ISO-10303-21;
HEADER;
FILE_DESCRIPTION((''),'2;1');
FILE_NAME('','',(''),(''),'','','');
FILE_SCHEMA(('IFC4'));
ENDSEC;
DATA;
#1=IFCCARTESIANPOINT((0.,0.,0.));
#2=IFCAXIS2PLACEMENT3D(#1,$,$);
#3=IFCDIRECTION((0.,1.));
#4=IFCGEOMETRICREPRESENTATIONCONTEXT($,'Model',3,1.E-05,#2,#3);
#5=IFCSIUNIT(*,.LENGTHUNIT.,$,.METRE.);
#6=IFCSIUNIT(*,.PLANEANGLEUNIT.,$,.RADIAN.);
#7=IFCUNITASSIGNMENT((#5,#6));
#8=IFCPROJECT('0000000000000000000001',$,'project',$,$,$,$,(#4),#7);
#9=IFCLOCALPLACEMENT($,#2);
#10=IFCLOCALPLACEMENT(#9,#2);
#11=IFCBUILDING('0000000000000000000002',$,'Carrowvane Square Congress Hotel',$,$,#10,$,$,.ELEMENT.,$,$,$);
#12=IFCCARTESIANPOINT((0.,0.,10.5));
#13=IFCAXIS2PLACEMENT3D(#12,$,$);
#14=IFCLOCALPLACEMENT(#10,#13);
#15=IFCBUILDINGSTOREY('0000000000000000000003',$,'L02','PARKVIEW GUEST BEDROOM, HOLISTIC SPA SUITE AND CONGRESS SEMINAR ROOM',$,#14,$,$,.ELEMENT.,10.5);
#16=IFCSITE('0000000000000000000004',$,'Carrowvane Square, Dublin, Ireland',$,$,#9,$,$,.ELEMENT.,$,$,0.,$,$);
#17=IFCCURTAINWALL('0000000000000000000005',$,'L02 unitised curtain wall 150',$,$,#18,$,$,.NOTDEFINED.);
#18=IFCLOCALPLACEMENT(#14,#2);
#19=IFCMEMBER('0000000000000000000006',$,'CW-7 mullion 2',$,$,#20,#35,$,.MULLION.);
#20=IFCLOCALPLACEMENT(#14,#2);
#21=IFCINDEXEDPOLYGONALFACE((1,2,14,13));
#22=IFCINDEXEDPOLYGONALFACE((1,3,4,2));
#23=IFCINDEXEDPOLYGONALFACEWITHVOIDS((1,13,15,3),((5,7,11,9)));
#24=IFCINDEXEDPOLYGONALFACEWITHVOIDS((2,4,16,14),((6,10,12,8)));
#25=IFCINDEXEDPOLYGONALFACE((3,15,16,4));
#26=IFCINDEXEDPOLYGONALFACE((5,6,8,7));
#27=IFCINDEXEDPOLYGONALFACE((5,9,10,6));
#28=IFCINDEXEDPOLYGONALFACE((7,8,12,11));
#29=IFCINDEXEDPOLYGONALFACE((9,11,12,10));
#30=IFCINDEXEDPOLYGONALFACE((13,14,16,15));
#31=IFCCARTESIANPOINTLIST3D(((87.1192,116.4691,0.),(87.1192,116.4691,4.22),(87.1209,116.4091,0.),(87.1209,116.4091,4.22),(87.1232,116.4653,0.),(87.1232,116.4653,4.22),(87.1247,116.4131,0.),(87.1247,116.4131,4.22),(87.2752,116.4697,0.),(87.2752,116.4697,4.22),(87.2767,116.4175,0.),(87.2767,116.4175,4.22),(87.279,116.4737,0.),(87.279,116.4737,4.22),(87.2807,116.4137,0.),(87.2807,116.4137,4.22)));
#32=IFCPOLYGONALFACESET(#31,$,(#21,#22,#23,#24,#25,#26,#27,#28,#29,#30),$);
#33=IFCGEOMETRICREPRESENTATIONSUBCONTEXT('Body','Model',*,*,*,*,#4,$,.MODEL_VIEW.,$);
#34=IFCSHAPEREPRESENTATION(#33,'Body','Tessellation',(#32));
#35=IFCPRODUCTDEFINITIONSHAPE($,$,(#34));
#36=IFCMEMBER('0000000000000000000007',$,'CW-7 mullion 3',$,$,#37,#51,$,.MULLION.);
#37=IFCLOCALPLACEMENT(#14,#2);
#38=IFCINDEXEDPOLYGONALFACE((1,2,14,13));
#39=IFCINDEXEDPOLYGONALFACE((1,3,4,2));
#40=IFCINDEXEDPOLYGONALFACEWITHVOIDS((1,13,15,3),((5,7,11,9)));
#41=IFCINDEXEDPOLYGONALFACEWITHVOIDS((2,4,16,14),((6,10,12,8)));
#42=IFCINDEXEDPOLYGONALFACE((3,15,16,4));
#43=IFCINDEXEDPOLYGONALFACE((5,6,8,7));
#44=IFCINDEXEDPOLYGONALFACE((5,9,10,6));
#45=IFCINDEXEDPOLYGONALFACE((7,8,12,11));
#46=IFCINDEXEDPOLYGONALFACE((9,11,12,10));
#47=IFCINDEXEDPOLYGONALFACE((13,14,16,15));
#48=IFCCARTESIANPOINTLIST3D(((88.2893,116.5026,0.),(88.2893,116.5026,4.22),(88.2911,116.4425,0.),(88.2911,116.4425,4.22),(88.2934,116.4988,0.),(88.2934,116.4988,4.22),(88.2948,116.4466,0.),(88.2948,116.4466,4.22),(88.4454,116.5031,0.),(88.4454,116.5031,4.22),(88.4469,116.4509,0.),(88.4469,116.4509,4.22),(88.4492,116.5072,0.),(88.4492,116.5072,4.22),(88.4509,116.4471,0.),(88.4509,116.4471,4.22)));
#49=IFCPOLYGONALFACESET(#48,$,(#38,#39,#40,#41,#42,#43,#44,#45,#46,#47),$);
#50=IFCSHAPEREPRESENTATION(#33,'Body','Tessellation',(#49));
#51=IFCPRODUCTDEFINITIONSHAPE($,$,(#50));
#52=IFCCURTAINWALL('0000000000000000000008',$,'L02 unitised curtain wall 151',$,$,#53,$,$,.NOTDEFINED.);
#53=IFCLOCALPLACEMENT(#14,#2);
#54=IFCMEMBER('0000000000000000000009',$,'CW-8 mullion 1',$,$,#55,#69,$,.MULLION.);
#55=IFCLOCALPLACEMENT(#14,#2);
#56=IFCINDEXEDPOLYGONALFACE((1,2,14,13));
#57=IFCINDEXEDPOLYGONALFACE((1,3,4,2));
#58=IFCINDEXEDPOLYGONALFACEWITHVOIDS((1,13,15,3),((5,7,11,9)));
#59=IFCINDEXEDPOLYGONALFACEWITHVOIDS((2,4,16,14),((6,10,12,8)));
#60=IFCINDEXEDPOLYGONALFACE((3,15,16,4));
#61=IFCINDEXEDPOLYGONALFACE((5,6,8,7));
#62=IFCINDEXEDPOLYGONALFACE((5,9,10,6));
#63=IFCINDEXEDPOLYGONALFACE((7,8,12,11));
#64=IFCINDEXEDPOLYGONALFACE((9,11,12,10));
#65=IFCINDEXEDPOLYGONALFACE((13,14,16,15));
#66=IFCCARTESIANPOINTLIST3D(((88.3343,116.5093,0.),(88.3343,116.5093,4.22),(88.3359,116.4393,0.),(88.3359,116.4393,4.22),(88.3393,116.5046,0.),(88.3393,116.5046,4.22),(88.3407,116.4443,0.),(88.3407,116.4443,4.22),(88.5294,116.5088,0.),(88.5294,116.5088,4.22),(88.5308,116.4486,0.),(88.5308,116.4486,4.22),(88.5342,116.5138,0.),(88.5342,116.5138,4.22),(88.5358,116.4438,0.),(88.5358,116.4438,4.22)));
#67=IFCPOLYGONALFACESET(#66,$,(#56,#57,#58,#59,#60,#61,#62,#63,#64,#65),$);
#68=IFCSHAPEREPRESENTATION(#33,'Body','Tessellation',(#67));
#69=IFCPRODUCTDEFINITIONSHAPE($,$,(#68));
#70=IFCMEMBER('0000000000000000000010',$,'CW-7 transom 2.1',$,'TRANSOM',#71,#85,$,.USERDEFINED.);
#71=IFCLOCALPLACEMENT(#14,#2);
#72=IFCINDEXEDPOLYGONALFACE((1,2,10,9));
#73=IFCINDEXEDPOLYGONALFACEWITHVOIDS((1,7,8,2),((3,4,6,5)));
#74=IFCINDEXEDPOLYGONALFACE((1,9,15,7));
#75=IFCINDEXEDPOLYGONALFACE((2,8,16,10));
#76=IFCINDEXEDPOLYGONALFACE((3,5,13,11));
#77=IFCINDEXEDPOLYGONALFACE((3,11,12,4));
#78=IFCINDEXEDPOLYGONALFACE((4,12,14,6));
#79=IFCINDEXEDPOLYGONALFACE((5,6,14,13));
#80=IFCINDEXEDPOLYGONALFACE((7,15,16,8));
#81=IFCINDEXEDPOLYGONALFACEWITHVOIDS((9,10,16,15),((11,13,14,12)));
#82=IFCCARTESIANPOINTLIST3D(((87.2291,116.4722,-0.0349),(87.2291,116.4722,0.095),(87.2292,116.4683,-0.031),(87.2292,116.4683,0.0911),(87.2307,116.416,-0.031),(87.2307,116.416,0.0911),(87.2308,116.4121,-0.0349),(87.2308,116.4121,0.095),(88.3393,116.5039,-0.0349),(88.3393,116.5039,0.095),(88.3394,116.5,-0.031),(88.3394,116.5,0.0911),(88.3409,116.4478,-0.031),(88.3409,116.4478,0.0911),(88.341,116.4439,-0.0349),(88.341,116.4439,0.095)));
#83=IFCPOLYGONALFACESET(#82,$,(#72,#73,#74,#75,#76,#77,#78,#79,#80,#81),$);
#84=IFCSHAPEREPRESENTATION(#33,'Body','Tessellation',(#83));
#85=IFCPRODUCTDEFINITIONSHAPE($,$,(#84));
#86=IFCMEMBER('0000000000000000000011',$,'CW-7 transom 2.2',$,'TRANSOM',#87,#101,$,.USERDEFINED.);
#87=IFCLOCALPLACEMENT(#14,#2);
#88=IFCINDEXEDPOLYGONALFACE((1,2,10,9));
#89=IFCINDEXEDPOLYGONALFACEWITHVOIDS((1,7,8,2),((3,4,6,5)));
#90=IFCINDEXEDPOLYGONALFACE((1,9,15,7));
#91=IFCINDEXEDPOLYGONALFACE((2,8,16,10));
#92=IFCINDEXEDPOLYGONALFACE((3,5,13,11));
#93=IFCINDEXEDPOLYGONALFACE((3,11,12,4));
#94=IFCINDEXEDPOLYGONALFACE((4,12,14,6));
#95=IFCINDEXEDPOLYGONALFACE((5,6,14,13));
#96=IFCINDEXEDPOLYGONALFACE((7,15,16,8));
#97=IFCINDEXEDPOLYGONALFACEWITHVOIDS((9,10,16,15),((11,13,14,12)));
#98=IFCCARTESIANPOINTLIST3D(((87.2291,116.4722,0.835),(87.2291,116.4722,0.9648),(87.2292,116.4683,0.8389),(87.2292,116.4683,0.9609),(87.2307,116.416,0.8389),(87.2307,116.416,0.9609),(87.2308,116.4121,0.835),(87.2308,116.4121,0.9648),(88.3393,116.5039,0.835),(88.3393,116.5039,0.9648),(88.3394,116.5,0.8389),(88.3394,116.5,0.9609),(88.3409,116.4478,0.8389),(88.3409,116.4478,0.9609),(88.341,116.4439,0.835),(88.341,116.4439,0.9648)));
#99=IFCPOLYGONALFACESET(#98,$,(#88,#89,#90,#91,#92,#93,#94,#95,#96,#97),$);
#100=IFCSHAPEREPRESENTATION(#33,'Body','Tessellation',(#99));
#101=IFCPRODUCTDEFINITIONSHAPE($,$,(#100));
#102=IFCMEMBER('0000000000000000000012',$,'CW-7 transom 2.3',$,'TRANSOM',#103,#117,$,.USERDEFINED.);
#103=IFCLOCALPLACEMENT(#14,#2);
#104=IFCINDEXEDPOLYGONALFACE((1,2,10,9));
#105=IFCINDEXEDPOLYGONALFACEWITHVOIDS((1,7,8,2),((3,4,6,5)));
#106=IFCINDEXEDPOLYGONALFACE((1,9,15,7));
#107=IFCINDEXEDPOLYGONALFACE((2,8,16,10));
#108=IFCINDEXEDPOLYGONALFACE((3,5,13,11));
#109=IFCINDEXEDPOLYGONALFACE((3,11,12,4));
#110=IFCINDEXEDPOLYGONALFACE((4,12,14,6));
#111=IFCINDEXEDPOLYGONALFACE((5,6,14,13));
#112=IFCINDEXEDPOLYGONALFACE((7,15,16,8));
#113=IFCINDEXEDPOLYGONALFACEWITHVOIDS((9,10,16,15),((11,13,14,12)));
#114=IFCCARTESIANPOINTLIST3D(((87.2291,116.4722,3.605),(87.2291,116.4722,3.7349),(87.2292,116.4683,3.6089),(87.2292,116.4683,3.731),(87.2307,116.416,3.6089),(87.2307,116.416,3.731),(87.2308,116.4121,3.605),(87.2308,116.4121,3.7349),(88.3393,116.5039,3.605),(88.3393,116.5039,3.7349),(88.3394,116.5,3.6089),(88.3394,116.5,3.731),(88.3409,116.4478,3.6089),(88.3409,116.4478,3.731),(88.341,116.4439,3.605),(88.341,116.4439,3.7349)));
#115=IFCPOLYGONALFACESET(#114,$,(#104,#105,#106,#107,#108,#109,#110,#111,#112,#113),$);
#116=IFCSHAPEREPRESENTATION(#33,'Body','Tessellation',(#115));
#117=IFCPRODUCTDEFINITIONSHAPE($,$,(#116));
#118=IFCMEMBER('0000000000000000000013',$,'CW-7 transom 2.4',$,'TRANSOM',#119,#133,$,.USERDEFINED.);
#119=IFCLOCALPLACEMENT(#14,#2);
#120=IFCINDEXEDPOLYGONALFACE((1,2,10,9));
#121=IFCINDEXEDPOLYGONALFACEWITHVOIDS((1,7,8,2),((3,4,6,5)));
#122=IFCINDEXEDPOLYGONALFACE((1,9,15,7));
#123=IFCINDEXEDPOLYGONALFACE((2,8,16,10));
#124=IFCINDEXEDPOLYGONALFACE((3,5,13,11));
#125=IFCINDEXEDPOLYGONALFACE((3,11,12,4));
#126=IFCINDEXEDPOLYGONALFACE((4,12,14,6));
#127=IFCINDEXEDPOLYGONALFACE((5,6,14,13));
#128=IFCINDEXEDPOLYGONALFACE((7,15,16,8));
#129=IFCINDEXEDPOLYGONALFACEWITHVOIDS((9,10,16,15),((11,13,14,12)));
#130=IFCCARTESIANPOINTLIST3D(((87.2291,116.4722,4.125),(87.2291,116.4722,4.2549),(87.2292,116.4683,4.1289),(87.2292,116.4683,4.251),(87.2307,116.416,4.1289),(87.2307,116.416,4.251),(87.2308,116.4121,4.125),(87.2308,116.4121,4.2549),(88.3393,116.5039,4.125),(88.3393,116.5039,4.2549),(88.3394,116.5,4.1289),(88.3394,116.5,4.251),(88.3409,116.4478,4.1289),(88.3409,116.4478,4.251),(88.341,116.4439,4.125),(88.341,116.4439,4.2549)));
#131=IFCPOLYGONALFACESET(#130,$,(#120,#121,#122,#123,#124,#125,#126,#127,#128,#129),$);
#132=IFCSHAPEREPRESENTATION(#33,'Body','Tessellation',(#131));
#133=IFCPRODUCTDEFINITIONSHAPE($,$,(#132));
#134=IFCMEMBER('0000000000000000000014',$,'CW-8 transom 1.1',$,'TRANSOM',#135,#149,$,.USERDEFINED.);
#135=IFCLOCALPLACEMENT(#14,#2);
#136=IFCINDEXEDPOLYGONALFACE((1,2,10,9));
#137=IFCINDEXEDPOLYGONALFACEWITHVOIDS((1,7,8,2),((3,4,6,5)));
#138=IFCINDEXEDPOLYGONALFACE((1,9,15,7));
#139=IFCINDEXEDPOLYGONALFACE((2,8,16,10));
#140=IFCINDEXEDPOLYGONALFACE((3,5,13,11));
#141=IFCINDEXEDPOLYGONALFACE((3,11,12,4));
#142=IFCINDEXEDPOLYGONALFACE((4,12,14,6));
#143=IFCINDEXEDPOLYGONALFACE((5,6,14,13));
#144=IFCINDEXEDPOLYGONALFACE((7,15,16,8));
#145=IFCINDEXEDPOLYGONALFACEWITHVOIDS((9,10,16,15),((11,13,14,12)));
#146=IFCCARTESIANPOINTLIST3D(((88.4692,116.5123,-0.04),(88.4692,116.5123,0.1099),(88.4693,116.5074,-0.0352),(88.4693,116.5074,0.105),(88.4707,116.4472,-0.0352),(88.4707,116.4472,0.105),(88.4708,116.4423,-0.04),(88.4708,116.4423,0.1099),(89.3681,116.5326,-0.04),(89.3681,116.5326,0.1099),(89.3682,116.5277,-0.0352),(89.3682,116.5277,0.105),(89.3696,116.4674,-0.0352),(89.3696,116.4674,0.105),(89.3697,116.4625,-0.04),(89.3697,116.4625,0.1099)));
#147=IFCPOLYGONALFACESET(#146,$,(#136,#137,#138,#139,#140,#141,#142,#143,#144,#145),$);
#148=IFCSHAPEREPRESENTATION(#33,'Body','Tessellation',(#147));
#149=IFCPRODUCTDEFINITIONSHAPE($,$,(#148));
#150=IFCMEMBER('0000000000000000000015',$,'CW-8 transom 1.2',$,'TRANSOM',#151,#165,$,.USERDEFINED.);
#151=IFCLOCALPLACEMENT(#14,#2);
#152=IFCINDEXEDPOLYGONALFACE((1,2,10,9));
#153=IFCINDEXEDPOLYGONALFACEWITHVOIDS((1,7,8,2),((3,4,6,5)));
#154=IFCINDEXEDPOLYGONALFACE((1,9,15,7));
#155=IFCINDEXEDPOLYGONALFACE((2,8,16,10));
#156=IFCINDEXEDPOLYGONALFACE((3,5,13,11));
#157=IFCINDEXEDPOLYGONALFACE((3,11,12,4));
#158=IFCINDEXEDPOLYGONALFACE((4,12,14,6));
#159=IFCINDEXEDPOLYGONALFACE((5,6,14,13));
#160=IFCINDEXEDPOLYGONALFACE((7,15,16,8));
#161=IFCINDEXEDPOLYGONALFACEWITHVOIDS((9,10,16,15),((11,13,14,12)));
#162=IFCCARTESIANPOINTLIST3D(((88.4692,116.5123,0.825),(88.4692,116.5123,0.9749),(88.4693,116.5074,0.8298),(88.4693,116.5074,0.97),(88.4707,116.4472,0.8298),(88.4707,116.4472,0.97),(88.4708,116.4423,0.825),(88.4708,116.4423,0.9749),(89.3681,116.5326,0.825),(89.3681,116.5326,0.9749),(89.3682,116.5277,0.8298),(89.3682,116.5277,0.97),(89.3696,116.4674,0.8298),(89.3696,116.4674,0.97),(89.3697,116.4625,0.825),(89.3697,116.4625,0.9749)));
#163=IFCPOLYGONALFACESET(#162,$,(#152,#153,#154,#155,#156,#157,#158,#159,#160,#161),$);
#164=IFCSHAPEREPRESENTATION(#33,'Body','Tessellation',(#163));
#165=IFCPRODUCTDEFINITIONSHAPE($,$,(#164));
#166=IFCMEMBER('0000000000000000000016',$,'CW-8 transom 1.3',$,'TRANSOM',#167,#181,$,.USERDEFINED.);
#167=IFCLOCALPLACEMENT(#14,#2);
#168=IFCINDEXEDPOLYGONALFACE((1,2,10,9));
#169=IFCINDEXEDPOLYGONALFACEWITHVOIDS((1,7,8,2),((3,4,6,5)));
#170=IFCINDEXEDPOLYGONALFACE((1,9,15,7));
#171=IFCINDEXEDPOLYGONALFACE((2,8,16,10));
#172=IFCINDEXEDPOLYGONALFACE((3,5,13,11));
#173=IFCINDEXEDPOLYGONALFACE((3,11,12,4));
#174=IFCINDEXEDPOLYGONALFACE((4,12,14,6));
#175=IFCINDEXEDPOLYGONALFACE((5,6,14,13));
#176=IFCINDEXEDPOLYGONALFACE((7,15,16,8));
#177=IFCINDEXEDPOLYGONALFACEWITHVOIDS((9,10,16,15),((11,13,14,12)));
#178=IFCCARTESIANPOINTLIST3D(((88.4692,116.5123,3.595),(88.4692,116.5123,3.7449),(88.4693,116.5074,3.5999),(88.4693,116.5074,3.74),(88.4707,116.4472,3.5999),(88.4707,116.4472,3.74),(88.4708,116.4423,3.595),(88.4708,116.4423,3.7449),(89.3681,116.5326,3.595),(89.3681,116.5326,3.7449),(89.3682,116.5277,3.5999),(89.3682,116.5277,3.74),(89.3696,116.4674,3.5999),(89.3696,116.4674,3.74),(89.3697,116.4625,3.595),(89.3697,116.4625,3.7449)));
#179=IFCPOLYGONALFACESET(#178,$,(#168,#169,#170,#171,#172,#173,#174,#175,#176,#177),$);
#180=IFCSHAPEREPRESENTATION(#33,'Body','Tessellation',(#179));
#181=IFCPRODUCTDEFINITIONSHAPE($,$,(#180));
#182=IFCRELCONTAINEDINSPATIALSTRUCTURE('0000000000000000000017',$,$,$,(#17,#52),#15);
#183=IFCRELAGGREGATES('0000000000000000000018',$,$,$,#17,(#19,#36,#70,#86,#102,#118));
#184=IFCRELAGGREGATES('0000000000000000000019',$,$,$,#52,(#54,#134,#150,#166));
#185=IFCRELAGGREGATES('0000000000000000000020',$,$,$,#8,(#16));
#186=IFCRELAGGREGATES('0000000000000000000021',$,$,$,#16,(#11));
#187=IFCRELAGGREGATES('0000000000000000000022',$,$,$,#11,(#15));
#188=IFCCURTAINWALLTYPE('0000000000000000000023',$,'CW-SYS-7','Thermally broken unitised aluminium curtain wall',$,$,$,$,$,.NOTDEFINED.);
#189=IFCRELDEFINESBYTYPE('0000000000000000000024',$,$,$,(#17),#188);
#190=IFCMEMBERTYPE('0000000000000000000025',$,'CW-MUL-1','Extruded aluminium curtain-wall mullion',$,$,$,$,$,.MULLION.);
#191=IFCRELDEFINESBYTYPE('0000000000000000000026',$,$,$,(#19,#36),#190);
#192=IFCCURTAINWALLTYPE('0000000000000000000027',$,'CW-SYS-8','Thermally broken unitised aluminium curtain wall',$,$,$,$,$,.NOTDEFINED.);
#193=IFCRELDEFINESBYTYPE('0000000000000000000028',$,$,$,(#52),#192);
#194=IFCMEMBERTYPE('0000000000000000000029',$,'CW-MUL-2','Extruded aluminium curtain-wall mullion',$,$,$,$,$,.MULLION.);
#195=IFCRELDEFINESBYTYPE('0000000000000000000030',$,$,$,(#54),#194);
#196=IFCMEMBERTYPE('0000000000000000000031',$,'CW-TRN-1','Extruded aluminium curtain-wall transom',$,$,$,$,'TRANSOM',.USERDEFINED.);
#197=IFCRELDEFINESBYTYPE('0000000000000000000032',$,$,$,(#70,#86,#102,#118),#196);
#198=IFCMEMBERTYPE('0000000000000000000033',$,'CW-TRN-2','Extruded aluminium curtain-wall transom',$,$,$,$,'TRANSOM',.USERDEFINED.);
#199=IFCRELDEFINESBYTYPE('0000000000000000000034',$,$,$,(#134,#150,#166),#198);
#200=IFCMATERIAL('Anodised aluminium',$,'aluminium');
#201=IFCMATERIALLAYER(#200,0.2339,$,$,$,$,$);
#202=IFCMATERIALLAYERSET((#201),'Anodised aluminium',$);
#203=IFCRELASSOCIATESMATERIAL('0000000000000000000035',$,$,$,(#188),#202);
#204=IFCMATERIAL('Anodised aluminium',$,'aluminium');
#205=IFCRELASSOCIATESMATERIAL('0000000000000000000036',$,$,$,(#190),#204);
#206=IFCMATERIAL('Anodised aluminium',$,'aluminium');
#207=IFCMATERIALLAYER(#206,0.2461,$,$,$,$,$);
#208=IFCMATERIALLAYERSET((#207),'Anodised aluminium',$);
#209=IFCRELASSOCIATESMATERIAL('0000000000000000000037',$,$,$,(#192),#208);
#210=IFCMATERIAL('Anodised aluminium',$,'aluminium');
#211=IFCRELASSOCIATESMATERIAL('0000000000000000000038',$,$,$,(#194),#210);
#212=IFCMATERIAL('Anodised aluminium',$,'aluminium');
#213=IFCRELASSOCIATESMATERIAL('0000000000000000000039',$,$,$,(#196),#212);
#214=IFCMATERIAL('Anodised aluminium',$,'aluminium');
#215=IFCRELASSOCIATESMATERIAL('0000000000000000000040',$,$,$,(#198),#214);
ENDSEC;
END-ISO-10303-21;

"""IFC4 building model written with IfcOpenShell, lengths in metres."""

from ifc_helpers import new_model, si_unit, direction, frame, origin, origin_2d, place, context, subcontext, project, spatial, hollow_rectangle, extrude, material, layer, layer_set, material_profile, profile_set, type_object, element, aggregate, save


model = new_model("IFC4")

# Units and contexts
model_context = context("Model", 3, precision=1e-05, world=origin(), true_north=direction((0.0, 1.0)))
body_context = subcontext(model_context, "Body", "Model", "MODEL_VIEW")
ifc_project = project(units=[si_unit("LENGTHUNIT", "METRE"), si_unit("PLANEANGLEUNIT", "RADIAN")], contexts=[model_context])

# Site, building, storey
site_placement = place(None, origin())
site = spatial("IfcSite", under=ifc_project, at=site_placement, Name="Carrowvane Square, Dublin, Ireland", CompositionType="ELEMENT", RefElevation=0.0)
building_placement = place(site_placement, origin())
building = spatial("IfcBuilding", under=site, at=building_placement, Name="Carrowvane Square Congress Hotel", CompositionType="ELEMENT")
storey_placement = place(building_placement, frame((0.0, 0.0, 10.5)))
storey = spatial("IfcBuildingStorey", under=building, at=storey_placement, Name="L02", Description="PARKVIEW GUEST BEDROOM, HOLISTIC SPA SUITE AND CONGRESS SEMINAR ROOM", CompositionType="ELEMENT", Elevation=10.5)

# Curtain wall, members
ifc_material_1 = material(Name="Anodised aluminium", Category="aluminium")
ifc_layer_1 = layer(ifc_material_1, 0.2339)
ifc_layer_set_1 = layer_set([ifc_layer_1], Name="Anodised aluminium")
curtain_wall_type_1 = type_object("IfcCurtainWallType", Name="CW-SYS-7", Description="Thermally broken unitised aluminium curtain wall", PredefinedType="NOTDEFINED", material=ifc_layer_set_1)
curtain_wall_1_placement = place(storey_placement, origin())
curtain_wall_1 = element("IfcCurtainWall", 1, at=curtain_wall_1_placement, inside=storey, type_object=curtain_wall_type_1, Name="L02 unitised curtain wall 150", PredefinedType="NOTDEFINED")
ifc_material_2 = material(Name="Anodised aluminium", Category="aluminium")
ifc_material_profile_1 = material_profile(ifc_material_2, hollow_rectangle(XDim=0.0601, YDim=0.1599, WallThickness=0.0039, at=origin_2d()), Name="CW-ML 60x160x4")
ifc_profile_set_1 = profile_set([ifc_material_profile_1], Name="Anodised aluminium")
member_type_1 = type_object("IfcMemberType", Name="CW-MUL-1", Description="Extruded aluminium curtain-wall mullion", PredefinedType="MULLION", material=ifc_profile_set_1)
member_1_placement = place(storey_placement, frame((87.2, 116.4414, 0.0), z_axis=(0.0, 0.0, 1.0), x_axis=(-0.028638, 0.99959, 0.0)))
member_1 = element("IfcMember", 2, at=member_1_placement, type_object=member_type_1, Name="CW-7 mullion 2", PredefinedType="MULLION", context=body_context, shape_type="SweptSolid", body=[
    extrude(hollow_rectangle(XDim=0.0601, YDim=0.1599, WallThickness=0.0039, at=origin_2d()), origin(), (0.0, 0.0, 1.0), 4.22),
])
member_2_placement = place(storey_placement, frame((88.3701, 116.4749, 0.0), z_axis=(0.0, 0.0, 1.0), x_axis=(-0.028638, 0.99959, 0.0)))
member_2 = element("IfcMember", 3, at=member_2_placement, type_object=member_type_1, Name="CW-7 mullion 3", PredefinedType="MULLION", context=body_context, shape_type="SweptSolid", body=[
    extrude(hollow_rectangle(XDim=0.0601, YDim=0.1599, WallThickness=0.0039, at=origin_2d()), origin(), (0.0, 0.0, 1.0), 4.22),
])

# Curtain wall, member
ifc_material_3 = material(Name="Anodised aluminium", Category="aluminium")
ifc_layer_2 = layer(ifc_material_3, 0.2461)
ifc_layer_set_2 = layer_set([ifc_layer_2], Name="Anodised aluminium")
curtain_wall_type_2 = type_object("IfcCurtainWallType", Name="CW-SYS-8", Description="Thermally broken unitised aluminium curtain wall", PredefinedType="NOTDEFINED", material=ifc_layer_set_2)
curtain_wall_2_placement = place(storey_placement, origin())
curtain_wall_2 = element("IfcCurtainWall", 4, at=curtain_wall_2_placement, inside=storey, type_object=curtain_wall_type_2, Name="L02 unitised curtain wall 151", PredefinedType="NOTDEFINED")
ifc_material_4 = material(Name="Anodised aluminium", Category="aluminium")
ifc_material_profile_2 = material_profile(ifc_material_4, hollow_rectangle(XDim=0.0701, YDim=0.2, WallThickness=0.0049, at=origin_2d()), Name="CW-ML 70x200x5")
ifc_profile_set_2 = profile_set([ifc_material_profile_2], Name="Anodised aluminium")
member_type_2 = type_object("IfcMemberType", Name="CW-MUL-2", Description="Extruded aluminium curtain-wall mullion", PredefinedType="MULLION", material=ifc_profile_set_2)
member_3_placement = place(storey_placement, frame((88.4351, 116.4766, 0.0), z_axis=(0.0, 0.0, 1.0), x_axis=(-0.022518, 0.999746, 0.0)))
member_3 = element("IfcMember", 5, at=member_3_placement, type_object=member_type_2, Name="CW-8 mullion 1", PredefinedType="MULLION", context=body_context, shape_type="SweptSolid", body=[
    extrude(hollow_rectangle(XDim=0.0701, YDim=0.2, WallThickness=0.0049, at=origin_2d()), origin(), (0.0, 0.0, 1.0), 4.22),
])

# Members
ifc_material_5 = material(Name="Anodised aluminium", Category="aluminium")
ifc_material_profile_3 = material_profile(ifc_material_5, hollow_rectangle(XDim=0.0601, YDim=0.1299, WallThickness=0.0039, at=origin_2d()), Name="CW-TR 60x130x4")
ifc_profile_set_3 = profile_set([ifc_material_profile_3], Name="Anodised aluminium")
member_type_3 = type_object("IfcMemberType", Name="CW-TRN-1", Description="Extruded aluminium curtain-wall transom", ElementType="TRANSOM", PredefinedType="USERDEFINED", material=ifc_profile_set_3)
member_4_placement = place(storey_placement, frame((87.23, 116.4421, 0.03), z_axis=(0.999592, 0.028579, 0.0), x_axis=(-0.028579, 0.999592, 0.0)))
member_4 = element("IfcMember", 6, at=member_4_placement, type_object=member_type_3, Name="CW-7 transom 2.1", ObjectType="TRANSOM", PredefinedType="USERDEFINED", context=body_context, shape_type="SweptSolid", body=[
    extrude(hollow_rectangle(XDim=0.0601, YDim=0.1299, WallThickness=0.0039, at=origin_2d()), origin(), (0.0, 0.0, 1.0), 1.1106),
])
member_5_placement = place(storey_placement, frame((87.23, 116.4421, 0.8999), z_axis=(0.999592, 0.028579, 0.0), x_axis=(-0.028579, 0.999592, 0.0)))
member_5 = element("IfcMember", 7, at=member_5_placement, type_object=member_type_3, Name="CW-7 transom 2.2", ObjectType="TRANSOM", PredefinedType="USERDEFINED", context=body_context, shape_type="SweptSolid", body=[
    extrude(hollow_rectangle(XDim=0.0601, YDim=0.1299, WallThickness=0.0039, at=origin_2d()), origin(), (0.0, 0.0, 1.0), 1.1106),
])
member_6_placement = place(storey_placement, frame((87.23, 116.4421, 3.6699), z_axis=(0.999592, 0.028579, 0.0), x_axis=(-0.028579, 0.999592, 0.0)))
member_6 = element("IfcMember", 8, at=member_6_placement, type_object=member_type_3, Name="CW-7 transom 2.3", ObjectType="TRANSOM", PredefinedType="USERDEFINED", context=body_context, shape_type="SweptSolid", body=[
    extrude(hollow_rectangle(XDim=0.0601, YDim=0.1299, WallThickness=0.0039, at=origin_2d()), origin(), (0.0, 0.0, 1.0), 1.1106),
])
member_7_placement = place(storey_placement, frame((87.23, 116.4421, 4.1899), z_axis=(0.999592, 0.028579, 0.0), x_axis=(-0.028579, 0.999592, 0.0)))
member_7 = element("IfcMember", 9, at=member_7_placement, type_object=member_type_3, Name="CW-7 transom 2.4", ObjectType="TRANSOM", PredefinedType="USERDEFINED", context=body_context, shape_type="SweptSolid", body=[
    extrude(hollow_rectangle(XDim=0.0601, YDim=0.1299, WallThickness=0.0039, at=origin_2d()), origin(), (0.0, 0.0, 1.0), 1.1106),
])
ifc_material_6 = material(Name="Anodised aluminium", Category="aluminium")
ifc_material_profile_4 = material_profile(ifc_material_6, hollow_rectangle(XDim=0.0701, YDim=0.1499, WallThickness=0.0049, at=origin_2d()), Name="CW-TR 70x150x5")
ifc_profile_set_4 = profile_set([ifc_material_profile_4], Name="Anodised aluminium")
member_type_4 = type_object("IfcMemberType", Name="CW-TRN-2", Description="Extruded aluminium curtain-wall transom", ElementType="TRANSOM", PredefinedType="USERDEFINED", material=ifc_profile_set_4)
member_8_placement = place(storey_placement, frame((88.47, 116.4773, 0.0349), z_axis=(0.999746, 0.022536, 0.0), x_axis=(-0.022536, 0.999746, 0.0)))
member_8 = element("IfcMember", 10, at=member_8_placement, type_object=member_type_4, Name="CW-8 transom 1.1", ObjectType="TRANSOM", PredefinedType="USERDEFINED", context=body_context, shape_type="SweptSolid", body=[
    extrude(hollow_rectangle(XDim=0.0701, YDim=0.1499, WallThickness=0.0049, at=origin_2d()), origin(), (0.0, 0.0, 1.0), 0.8992),
])
member_9_placement = place(storey_placement, frame((88.47, 116.4773, 0.8999), z_axis=(0.999746, 0.022536, 0.0), x_axis=(-0.022536, 0.999746, 0.0)))
member_9 = element("IfcMember", 11, at=member_9_placement, type_object=member_type_4, Name="CW-8 transom 1.2", ObjectType="TRANSOM", PredefinedType="USERDEFINED", context=body_context, shape_type="SweptSolid", body=[
    extrude(hollow_rectangle(XDim=0.0701, YDim=0.1499, WallThickness=0.0049, at=origin_2d()), origin(), (0.0, 0.0, 1.0), 0.8992),
])
member_10_placement = place(storey_placement, frame((88.47, 116.4773, 3.6699), z_axis=(0.999746, 0.022536, 0.0), x_axis=(-0.022536, 0.999746, 0.0)))
member_10 = element("IfcMember", 12, at=member_10_placement, type_object=member_type_4, Name="CW-8 transom 1.3", ObjectType="TRANSOM", PredefinedType="USERDEFINED", context=body_context, shape_type="SweptSolid", body=[
    extrude(hollow_rectangle(XDim=0.0701, YDim=0.1499, WallThickness=0.0049, at=origin_2d()), origin(), (0.0, 0.0, 1.0), 0.8992),
])

aggregate(curtain_wall_1, [member_1, member_2, member_4, member_5, member_6, member_7])
aggregate(curtain_wall_2, [member_3, member_8, member_9, member_10])

save(model, "model.ifc")
